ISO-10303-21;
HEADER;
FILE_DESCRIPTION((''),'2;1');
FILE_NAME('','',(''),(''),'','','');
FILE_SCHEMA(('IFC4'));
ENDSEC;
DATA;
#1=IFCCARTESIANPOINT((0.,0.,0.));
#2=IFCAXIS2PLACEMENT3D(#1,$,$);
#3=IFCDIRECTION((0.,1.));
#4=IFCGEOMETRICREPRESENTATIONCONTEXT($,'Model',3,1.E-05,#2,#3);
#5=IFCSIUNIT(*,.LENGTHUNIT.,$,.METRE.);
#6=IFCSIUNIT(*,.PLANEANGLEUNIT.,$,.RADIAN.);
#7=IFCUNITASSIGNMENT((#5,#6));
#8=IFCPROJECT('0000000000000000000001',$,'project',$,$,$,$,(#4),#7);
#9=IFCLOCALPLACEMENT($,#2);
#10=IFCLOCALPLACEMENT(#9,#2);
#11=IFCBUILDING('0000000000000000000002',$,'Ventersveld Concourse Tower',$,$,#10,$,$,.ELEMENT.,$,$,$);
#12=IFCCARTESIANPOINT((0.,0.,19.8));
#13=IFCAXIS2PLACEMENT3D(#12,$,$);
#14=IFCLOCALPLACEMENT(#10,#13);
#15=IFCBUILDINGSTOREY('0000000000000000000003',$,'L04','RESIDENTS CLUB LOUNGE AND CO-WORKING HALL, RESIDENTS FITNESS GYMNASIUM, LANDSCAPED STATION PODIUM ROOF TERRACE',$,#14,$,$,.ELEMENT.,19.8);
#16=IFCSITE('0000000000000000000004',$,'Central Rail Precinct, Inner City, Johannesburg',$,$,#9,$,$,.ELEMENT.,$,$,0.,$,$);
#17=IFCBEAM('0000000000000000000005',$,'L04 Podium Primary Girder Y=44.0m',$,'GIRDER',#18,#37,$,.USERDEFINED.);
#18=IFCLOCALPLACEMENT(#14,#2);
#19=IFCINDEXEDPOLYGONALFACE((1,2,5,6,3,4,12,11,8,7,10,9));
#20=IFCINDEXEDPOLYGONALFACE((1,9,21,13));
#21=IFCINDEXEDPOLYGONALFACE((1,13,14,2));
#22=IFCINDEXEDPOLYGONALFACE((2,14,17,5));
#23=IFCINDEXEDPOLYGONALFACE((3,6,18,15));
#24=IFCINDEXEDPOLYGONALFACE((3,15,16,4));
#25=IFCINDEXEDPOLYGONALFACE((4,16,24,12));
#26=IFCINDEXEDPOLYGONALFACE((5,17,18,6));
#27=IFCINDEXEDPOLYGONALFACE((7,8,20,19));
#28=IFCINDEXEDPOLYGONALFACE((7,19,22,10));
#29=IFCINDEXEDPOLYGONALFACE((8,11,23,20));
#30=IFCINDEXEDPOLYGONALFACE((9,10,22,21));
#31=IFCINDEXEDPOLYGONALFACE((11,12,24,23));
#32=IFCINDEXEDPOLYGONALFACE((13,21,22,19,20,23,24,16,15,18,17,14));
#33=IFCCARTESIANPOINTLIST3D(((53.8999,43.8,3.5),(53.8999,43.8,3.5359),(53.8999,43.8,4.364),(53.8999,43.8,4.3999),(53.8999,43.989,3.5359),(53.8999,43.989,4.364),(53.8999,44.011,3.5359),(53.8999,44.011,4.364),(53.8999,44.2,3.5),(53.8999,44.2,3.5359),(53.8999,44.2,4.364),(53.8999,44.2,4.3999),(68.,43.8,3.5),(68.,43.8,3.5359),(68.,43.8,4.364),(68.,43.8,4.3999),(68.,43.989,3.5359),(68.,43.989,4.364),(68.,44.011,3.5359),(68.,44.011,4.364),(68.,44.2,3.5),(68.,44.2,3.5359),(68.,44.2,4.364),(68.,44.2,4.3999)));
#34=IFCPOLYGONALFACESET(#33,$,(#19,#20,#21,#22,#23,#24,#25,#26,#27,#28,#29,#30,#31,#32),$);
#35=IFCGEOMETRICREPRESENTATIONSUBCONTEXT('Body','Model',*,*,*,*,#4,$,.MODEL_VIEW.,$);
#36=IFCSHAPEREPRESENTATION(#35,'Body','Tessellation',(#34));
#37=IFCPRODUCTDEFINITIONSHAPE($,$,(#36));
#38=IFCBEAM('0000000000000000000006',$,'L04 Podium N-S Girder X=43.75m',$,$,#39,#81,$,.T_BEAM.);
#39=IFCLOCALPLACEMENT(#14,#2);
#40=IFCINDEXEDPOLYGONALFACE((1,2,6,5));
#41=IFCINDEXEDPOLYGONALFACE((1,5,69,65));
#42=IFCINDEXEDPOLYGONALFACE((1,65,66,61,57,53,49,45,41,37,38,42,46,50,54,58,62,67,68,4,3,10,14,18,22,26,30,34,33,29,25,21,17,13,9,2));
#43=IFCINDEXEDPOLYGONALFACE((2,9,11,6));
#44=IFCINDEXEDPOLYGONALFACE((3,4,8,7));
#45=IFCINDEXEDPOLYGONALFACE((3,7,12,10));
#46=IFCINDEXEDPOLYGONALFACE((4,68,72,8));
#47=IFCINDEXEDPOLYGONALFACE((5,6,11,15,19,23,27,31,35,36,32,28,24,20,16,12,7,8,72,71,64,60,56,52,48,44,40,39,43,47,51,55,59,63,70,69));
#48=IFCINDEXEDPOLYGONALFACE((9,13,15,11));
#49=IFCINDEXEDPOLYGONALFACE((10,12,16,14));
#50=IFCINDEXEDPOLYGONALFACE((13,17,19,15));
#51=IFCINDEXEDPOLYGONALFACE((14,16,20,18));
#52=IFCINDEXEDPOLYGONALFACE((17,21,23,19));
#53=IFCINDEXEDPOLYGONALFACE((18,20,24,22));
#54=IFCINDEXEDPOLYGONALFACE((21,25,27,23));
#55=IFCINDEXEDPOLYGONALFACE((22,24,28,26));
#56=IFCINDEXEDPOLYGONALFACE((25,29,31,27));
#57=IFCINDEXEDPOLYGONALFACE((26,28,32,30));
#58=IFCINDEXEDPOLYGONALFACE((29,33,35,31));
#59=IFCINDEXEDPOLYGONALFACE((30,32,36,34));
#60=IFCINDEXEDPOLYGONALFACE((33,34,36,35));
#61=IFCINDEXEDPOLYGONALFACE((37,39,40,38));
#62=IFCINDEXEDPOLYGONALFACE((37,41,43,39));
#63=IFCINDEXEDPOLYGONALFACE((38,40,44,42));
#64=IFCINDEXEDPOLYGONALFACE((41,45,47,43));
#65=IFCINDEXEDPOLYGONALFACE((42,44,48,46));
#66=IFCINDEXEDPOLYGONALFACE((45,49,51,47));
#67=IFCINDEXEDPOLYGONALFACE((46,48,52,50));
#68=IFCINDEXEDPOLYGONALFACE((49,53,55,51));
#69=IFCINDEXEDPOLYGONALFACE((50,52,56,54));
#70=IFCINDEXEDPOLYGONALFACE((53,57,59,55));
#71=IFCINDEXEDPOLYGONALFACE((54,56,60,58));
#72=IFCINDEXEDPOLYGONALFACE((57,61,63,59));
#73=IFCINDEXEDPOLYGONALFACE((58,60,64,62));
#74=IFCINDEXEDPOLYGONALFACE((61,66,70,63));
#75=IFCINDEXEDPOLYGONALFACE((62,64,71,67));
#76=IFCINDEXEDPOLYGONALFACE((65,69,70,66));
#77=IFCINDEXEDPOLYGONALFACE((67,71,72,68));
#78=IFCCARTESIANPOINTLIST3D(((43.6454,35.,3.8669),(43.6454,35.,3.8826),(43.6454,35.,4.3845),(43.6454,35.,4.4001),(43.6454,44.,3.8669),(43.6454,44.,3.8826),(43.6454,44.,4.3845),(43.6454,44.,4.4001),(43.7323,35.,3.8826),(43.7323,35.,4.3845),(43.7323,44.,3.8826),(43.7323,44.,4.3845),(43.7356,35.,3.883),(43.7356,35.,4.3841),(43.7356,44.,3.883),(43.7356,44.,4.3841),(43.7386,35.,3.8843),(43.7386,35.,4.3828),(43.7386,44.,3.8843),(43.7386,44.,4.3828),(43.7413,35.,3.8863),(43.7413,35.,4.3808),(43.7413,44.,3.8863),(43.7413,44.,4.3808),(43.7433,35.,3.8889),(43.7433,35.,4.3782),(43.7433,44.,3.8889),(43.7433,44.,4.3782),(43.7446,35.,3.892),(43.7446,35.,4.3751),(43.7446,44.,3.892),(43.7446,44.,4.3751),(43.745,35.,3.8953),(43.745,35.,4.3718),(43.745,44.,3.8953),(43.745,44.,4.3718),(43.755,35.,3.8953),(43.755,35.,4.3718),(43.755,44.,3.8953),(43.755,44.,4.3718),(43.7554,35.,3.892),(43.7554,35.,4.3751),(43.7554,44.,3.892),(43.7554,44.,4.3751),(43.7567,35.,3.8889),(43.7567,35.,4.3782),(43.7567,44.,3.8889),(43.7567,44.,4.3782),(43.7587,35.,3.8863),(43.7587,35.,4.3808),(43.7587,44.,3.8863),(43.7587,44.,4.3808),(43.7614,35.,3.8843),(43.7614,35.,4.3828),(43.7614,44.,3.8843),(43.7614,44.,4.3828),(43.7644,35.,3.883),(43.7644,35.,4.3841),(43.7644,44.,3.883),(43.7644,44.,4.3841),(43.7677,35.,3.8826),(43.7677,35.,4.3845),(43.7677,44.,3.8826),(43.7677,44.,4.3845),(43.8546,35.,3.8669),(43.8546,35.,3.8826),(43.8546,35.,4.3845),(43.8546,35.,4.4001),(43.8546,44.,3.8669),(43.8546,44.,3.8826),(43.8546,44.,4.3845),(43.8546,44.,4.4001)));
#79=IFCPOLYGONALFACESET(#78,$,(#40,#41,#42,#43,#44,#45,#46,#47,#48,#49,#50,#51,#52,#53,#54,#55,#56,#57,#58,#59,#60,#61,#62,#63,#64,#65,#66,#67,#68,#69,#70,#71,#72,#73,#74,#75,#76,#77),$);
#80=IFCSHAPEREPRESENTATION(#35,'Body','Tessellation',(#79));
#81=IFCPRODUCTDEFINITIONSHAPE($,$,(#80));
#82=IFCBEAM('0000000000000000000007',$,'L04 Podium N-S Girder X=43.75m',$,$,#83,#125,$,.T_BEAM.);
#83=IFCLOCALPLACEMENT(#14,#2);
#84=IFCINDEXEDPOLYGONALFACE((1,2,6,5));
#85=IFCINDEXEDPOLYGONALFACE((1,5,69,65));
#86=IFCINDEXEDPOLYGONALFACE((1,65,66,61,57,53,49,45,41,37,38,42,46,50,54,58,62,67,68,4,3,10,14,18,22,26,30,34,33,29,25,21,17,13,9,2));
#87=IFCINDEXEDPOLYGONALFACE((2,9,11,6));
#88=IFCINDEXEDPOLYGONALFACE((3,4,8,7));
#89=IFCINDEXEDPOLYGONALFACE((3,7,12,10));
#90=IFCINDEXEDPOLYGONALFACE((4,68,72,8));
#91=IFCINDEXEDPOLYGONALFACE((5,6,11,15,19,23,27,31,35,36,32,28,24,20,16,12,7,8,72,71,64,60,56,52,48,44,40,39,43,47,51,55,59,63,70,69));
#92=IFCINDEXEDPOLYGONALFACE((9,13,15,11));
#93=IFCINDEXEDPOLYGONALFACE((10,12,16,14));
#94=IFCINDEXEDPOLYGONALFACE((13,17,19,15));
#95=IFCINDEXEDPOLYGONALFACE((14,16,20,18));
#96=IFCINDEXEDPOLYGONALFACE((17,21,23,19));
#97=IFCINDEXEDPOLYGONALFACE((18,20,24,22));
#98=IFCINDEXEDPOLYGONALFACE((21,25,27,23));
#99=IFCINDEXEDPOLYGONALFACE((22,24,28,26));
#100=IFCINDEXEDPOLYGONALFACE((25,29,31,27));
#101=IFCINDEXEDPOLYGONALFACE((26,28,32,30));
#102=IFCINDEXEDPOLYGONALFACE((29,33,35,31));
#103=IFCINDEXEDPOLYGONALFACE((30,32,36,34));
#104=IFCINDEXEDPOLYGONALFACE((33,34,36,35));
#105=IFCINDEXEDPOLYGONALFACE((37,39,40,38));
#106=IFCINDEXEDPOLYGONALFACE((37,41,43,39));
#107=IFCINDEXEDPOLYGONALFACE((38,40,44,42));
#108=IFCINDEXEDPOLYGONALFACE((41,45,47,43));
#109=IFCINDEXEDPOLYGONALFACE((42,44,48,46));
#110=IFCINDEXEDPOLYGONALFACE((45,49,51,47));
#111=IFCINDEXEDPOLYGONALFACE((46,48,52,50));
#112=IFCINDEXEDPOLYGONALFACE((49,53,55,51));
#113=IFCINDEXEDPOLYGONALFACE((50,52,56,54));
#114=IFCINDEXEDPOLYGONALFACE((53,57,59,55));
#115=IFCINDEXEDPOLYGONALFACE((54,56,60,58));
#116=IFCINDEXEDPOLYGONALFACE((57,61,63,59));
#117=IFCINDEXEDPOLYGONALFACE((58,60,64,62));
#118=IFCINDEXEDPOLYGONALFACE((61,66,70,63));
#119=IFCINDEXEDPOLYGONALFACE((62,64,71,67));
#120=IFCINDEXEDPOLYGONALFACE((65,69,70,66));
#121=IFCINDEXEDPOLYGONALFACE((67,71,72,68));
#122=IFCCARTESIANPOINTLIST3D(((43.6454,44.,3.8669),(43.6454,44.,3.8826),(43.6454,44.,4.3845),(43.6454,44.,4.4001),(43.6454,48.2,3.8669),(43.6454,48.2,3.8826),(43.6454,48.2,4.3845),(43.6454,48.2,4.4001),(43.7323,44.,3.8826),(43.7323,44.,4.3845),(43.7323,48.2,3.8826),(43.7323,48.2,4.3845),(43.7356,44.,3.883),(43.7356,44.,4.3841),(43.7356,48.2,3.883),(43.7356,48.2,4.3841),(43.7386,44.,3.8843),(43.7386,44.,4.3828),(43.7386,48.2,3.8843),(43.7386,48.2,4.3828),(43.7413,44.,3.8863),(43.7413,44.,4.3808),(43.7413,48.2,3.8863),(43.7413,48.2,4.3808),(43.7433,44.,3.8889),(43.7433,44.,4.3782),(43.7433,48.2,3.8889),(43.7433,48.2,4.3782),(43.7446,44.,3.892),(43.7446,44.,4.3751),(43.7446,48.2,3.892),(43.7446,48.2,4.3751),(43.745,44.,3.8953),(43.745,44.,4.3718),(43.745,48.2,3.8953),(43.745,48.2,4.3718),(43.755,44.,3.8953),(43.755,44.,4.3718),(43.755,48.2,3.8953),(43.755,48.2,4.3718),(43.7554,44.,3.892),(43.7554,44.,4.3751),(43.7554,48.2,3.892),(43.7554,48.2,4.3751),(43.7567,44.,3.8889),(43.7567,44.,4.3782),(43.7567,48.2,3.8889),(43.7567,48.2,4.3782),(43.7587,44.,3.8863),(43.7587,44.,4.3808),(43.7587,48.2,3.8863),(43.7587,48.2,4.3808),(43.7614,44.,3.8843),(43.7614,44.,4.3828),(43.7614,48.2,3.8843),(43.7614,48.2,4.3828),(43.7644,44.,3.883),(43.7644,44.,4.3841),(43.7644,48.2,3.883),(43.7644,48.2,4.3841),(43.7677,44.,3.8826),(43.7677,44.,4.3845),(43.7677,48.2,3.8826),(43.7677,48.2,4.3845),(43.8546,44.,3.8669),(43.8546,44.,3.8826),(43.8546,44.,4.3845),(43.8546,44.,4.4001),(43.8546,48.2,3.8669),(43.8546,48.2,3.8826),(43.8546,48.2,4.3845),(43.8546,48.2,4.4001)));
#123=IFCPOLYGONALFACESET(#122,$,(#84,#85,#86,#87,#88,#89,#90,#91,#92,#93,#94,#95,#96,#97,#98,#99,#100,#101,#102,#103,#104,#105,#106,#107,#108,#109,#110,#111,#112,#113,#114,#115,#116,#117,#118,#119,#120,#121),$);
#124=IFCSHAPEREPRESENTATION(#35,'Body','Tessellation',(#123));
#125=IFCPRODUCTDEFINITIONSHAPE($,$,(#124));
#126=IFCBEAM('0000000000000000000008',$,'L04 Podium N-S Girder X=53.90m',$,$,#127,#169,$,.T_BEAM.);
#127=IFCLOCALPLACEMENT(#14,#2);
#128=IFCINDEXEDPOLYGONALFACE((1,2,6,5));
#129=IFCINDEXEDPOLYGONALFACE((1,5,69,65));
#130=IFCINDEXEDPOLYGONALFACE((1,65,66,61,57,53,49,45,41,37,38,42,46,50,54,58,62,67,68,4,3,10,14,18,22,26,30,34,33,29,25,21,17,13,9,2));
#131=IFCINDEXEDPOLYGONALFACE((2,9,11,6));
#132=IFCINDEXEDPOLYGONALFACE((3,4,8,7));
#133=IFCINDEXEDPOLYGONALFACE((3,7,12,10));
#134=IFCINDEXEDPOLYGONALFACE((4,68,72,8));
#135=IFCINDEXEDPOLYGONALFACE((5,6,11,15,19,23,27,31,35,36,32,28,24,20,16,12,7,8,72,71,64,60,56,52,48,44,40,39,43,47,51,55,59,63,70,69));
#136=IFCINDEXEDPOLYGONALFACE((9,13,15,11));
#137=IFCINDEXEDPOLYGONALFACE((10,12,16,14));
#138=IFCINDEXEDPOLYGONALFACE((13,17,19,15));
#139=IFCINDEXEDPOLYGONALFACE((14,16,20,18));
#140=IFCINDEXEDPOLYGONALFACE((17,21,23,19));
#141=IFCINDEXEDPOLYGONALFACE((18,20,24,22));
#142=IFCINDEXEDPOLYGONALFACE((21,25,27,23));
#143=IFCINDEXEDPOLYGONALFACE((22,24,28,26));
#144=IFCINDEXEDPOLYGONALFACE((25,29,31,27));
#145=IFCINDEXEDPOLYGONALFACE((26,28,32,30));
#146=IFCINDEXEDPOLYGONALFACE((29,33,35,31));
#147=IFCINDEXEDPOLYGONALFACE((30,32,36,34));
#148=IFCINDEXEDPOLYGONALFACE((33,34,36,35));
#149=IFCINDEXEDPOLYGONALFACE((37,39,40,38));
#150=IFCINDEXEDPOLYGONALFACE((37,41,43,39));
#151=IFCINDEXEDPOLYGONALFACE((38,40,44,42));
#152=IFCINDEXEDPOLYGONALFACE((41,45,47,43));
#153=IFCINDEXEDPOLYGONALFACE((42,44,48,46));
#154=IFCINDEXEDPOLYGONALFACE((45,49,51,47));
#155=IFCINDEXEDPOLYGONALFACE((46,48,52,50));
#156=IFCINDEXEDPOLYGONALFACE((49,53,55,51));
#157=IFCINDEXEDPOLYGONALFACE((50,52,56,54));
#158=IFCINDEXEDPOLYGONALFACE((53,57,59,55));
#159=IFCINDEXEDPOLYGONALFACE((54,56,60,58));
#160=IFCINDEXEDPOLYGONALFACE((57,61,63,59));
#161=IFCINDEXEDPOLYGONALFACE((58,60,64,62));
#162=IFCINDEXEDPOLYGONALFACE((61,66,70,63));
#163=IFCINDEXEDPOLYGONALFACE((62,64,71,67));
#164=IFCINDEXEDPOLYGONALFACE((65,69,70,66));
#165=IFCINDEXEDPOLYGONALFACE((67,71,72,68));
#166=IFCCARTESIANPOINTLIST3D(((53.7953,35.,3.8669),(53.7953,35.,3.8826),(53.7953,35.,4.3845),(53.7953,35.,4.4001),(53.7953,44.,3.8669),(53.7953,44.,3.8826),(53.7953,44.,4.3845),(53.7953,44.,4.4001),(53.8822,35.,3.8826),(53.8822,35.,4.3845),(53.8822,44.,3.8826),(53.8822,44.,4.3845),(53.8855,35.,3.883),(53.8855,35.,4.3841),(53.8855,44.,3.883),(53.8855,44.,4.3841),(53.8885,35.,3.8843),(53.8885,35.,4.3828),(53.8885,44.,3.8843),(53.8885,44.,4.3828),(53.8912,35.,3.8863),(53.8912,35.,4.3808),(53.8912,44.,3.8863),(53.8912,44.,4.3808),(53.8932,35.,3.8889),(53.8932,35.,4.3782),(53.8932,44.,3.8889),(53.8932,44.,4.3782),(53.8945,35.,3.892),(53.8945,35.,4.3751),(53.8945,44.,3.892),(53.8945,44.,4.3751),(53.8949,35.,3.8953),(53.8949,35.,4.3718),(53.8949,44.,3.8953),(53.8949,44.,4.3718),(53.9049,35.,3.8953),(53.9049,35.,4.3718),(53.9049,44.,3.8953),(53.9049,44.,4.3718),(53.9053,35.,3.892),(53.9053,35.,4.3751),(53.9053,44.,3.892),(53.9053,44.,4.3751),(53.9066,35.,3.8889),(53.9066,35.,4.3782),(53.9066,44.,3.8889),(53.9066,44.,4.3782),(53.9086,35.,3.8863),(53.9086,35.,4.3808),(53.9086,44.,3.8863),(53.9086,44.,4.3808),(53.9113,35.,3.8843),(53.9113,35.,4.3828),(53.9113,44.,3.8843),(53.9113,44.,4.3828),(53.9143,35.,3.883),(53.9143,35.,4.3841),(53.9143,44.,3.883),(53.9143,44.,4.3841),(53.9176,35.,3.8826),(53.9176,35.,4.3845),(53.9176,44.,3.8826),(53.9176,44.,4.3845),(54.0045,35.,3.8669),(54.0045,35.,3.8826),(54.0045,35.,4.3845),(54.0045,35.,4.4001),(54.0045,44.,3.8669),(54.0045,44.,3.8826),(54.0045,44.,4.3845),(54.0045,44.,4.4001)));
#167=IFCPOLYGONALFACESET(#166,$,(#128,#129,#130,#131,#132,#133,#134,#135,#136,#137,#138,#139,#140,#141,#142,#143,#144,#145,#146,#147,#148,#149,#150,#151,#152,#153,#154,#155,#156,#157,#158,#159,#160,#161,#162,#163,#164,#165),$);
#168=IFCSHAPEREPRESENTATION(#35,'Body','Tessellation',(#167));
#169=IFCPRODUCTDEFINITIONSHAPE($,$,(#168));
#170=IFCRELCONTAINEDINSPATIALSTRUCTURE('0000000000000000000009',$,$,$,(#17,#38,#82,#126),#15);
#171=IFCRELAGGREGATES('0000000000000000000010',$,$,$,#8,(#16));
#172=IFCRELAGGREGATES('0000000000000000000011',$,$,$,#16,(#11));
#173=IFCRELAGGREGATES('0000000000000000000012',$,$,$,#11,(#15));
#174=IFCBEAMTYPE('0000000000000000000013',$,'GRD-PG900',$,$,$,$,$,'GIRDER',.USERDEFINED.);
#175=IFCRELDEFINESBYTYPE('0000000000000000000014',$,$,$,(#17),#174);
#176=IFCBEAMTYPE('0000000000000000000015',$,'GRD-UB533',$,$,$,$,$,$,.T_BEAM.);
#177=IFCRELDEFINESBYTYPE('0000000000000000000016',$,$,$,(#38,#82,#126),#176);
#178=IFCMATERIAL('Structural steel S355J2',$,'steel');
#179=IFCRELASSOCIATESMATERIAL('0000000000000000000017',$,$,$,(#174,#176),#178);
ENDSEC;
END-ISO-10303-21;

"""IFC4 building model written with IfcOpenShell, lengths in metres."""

from ifc_helpers import new_model, si_unit, direction, frame, origin, origin_2d, place, context, subcontext, project, spatial, i_section, extrude, material, material_profile, profile_set, type_object, element, save


model = new_model("IFC4")

# Units and contexts
model_context = context("Model", 3, precision=1e-05, world=origin(), true_north=direction((0.0, 1.0)))
body_context = subcontext(model_context, "Body", "Model", "MODEL_VIEW")
ifc_project = project(units=[si_unit("LENGTHUNIT", "METRE"), si_unit("PLANEANGLEUNIT", "RADIAN")], contexts=[model_context])

# Site, building, storey
site_placement = place(None, origin())
site = spatial("IfcSite", under=ifc_project, at=site_placement, Name="Central Rail Precinct, Inner City, Johannesburg", CompositionType="ELEMENT", RefElevation=0.0)
building_placement = place(site_placement, origin())
building = spatial("IfcBuilding", under=site, at=building_placement, Name="Ventersveld Concourse Tower", CompositionType="ELEMENT")
storey_placement = place(building_placement, frame((0.0, 0.0, 19.8)))
storey = spatial("IfcBuildingStorey", under=building, at=storey_placement, Name="L04", Description="RESIDENTS CLUB LOUNGE AND CO-WORKING HALL, RESIDENTS FITNESS GYMNASIUM, LANDSCAPED STATION PODIUM ROOF TERRACE", CompositionType="ELEMENT", Elevation=19.8)

# Beams
ifc_material_1 = material(Name="Structural steel S355J2", Category="steel")
ifc_material_profile_1 = material_profile(ifc_material_1, i_section(OverallWidth=0.3999, OverallDepth=0.8999, WebThickness=0.022, FlangeThickness=0.0359, at=origin_2d()), Name="PG 900x400x36")
ifc_profile_set_1 = profile_set([ifc_material_profile_1], Name="Structural steel S355J2")
beam_type_1 = type_object("IfcBeamType", Name="GRD-PG900", ElementType="GIRDER", PredefinedType="USERDEFINED", material=ifc_profile_set_1)
beam_1_placement = place(storey_placement, frame((53.8999, 44.0, 3.95), z_axis=(1.0, 0.0, 0.0), x_axis=(0.0, 1.0, 0.0)))
element("IfcBeam", 1, at=beam_1_placement, inside=storey, type_object=beam_type_1, Name="L04 Podium Primary Girder Y=44.0m", ObjectType="GIRDER", PredefinedType="USERDEFINED", context=body_context, shape_type="SweptSolid", body=[
    extrude(i_section(OverallWidth=0.3999, OverallDepth=0.8999, WebThickness=0.022, FlangeThickness=0.0359, at=origin_2d()), origin(), (0.0, 0.0, 1.0), 14.1001),
])
ifc_material_profile_2 = material_profile(ifc_material_1, i_section(OverallWidth=0.2092, OverallDepth=0.5332, WebThickness=0.01, FlangeThickness=0.0156, FilletRadius=0.0127, at=origin_2d()), Name="UB 533x210x92")
ifc_profile_set_2 = profile_set([ifc_material_profile_2], Name="Structural steel S355J2")
beam_type_2 = type_object("IfcBeamType", Name="GRD-UB533", PredefinedType="T_BEAM", material=ifc_profile_set_2)
beam_2_placement = place(storey_placement, frame((43.75, 35.0, 4.1335), z_axis=(0.0, 1.0, 0.0), x_axis=(-1.0, 0.0, 0.0)))
element("IfcBeam", 2, at=beam_2_placement, inside=storey, type_object=beam_type_2, Name="L04 Podium N-S Girder X=43.75m", PredefinedType="T_BEAM", context=body_context, shape_type="SweptSolid", body=[
    extrude(i_section(OverallWidth=0.2092, OverallDepth=0.5332, WebThickness=0.01, FlangeThickness=0.0156, FilletRadius=0.0127, at=origin_2d()), origin(), (0.0, 0.0, 1.0), 9.0),
])
beam_3_placement = place(storey_placement, frame((43.75, 44.0, 4.1335), z_axis=(0.0, 1.0, 0.0), x_axis=(-1.0, 0.0, 0.0)))
element("IfcBeam", 3, at=beam_3_placement, inside=storey, type_object=beam_type_2, Name="L04 Podium N-S Girder X=43.75m", PredefinedType="T_BEAM", context=body_context, shape_type="SweptSolid", body=[
    extrude(i_section(OverallWidth=0.2092, OverallDepth=0.5332, WebThickness=0.01, FlangeThickness=0.0156, FilletRadius=0.0127, at=origin_2d()), origin(), (0.0, 0.0, 1.0), 4.2),
])
beam_4_placement = place(storey_placement, frame((53.8999, 35.0, 4.1335), z_axis=(0.0, 1.0, 0.0), x_axis=(-1.0, 0.0, 0.0)))
element("IfcBeam", 4, at=beam_4_placement, inside=storey, type_object=beam_type_2, Name="L04 Podium N-S Girder X=53.90m", PredefinedType="T_BEAM", context=body_context, shape_type="SweptSolid", body=[
    extrude(i_section(OverallWidth=0.2092, OverallDepth=0.5332, WebThickness=0.01, FlangeThickness=0.0156, FilletRadius=0.0127, at=origin_2d()), origin(), (0.0, 0.0, 1.0), 9.0),
])

save(model, "model.ifc")
